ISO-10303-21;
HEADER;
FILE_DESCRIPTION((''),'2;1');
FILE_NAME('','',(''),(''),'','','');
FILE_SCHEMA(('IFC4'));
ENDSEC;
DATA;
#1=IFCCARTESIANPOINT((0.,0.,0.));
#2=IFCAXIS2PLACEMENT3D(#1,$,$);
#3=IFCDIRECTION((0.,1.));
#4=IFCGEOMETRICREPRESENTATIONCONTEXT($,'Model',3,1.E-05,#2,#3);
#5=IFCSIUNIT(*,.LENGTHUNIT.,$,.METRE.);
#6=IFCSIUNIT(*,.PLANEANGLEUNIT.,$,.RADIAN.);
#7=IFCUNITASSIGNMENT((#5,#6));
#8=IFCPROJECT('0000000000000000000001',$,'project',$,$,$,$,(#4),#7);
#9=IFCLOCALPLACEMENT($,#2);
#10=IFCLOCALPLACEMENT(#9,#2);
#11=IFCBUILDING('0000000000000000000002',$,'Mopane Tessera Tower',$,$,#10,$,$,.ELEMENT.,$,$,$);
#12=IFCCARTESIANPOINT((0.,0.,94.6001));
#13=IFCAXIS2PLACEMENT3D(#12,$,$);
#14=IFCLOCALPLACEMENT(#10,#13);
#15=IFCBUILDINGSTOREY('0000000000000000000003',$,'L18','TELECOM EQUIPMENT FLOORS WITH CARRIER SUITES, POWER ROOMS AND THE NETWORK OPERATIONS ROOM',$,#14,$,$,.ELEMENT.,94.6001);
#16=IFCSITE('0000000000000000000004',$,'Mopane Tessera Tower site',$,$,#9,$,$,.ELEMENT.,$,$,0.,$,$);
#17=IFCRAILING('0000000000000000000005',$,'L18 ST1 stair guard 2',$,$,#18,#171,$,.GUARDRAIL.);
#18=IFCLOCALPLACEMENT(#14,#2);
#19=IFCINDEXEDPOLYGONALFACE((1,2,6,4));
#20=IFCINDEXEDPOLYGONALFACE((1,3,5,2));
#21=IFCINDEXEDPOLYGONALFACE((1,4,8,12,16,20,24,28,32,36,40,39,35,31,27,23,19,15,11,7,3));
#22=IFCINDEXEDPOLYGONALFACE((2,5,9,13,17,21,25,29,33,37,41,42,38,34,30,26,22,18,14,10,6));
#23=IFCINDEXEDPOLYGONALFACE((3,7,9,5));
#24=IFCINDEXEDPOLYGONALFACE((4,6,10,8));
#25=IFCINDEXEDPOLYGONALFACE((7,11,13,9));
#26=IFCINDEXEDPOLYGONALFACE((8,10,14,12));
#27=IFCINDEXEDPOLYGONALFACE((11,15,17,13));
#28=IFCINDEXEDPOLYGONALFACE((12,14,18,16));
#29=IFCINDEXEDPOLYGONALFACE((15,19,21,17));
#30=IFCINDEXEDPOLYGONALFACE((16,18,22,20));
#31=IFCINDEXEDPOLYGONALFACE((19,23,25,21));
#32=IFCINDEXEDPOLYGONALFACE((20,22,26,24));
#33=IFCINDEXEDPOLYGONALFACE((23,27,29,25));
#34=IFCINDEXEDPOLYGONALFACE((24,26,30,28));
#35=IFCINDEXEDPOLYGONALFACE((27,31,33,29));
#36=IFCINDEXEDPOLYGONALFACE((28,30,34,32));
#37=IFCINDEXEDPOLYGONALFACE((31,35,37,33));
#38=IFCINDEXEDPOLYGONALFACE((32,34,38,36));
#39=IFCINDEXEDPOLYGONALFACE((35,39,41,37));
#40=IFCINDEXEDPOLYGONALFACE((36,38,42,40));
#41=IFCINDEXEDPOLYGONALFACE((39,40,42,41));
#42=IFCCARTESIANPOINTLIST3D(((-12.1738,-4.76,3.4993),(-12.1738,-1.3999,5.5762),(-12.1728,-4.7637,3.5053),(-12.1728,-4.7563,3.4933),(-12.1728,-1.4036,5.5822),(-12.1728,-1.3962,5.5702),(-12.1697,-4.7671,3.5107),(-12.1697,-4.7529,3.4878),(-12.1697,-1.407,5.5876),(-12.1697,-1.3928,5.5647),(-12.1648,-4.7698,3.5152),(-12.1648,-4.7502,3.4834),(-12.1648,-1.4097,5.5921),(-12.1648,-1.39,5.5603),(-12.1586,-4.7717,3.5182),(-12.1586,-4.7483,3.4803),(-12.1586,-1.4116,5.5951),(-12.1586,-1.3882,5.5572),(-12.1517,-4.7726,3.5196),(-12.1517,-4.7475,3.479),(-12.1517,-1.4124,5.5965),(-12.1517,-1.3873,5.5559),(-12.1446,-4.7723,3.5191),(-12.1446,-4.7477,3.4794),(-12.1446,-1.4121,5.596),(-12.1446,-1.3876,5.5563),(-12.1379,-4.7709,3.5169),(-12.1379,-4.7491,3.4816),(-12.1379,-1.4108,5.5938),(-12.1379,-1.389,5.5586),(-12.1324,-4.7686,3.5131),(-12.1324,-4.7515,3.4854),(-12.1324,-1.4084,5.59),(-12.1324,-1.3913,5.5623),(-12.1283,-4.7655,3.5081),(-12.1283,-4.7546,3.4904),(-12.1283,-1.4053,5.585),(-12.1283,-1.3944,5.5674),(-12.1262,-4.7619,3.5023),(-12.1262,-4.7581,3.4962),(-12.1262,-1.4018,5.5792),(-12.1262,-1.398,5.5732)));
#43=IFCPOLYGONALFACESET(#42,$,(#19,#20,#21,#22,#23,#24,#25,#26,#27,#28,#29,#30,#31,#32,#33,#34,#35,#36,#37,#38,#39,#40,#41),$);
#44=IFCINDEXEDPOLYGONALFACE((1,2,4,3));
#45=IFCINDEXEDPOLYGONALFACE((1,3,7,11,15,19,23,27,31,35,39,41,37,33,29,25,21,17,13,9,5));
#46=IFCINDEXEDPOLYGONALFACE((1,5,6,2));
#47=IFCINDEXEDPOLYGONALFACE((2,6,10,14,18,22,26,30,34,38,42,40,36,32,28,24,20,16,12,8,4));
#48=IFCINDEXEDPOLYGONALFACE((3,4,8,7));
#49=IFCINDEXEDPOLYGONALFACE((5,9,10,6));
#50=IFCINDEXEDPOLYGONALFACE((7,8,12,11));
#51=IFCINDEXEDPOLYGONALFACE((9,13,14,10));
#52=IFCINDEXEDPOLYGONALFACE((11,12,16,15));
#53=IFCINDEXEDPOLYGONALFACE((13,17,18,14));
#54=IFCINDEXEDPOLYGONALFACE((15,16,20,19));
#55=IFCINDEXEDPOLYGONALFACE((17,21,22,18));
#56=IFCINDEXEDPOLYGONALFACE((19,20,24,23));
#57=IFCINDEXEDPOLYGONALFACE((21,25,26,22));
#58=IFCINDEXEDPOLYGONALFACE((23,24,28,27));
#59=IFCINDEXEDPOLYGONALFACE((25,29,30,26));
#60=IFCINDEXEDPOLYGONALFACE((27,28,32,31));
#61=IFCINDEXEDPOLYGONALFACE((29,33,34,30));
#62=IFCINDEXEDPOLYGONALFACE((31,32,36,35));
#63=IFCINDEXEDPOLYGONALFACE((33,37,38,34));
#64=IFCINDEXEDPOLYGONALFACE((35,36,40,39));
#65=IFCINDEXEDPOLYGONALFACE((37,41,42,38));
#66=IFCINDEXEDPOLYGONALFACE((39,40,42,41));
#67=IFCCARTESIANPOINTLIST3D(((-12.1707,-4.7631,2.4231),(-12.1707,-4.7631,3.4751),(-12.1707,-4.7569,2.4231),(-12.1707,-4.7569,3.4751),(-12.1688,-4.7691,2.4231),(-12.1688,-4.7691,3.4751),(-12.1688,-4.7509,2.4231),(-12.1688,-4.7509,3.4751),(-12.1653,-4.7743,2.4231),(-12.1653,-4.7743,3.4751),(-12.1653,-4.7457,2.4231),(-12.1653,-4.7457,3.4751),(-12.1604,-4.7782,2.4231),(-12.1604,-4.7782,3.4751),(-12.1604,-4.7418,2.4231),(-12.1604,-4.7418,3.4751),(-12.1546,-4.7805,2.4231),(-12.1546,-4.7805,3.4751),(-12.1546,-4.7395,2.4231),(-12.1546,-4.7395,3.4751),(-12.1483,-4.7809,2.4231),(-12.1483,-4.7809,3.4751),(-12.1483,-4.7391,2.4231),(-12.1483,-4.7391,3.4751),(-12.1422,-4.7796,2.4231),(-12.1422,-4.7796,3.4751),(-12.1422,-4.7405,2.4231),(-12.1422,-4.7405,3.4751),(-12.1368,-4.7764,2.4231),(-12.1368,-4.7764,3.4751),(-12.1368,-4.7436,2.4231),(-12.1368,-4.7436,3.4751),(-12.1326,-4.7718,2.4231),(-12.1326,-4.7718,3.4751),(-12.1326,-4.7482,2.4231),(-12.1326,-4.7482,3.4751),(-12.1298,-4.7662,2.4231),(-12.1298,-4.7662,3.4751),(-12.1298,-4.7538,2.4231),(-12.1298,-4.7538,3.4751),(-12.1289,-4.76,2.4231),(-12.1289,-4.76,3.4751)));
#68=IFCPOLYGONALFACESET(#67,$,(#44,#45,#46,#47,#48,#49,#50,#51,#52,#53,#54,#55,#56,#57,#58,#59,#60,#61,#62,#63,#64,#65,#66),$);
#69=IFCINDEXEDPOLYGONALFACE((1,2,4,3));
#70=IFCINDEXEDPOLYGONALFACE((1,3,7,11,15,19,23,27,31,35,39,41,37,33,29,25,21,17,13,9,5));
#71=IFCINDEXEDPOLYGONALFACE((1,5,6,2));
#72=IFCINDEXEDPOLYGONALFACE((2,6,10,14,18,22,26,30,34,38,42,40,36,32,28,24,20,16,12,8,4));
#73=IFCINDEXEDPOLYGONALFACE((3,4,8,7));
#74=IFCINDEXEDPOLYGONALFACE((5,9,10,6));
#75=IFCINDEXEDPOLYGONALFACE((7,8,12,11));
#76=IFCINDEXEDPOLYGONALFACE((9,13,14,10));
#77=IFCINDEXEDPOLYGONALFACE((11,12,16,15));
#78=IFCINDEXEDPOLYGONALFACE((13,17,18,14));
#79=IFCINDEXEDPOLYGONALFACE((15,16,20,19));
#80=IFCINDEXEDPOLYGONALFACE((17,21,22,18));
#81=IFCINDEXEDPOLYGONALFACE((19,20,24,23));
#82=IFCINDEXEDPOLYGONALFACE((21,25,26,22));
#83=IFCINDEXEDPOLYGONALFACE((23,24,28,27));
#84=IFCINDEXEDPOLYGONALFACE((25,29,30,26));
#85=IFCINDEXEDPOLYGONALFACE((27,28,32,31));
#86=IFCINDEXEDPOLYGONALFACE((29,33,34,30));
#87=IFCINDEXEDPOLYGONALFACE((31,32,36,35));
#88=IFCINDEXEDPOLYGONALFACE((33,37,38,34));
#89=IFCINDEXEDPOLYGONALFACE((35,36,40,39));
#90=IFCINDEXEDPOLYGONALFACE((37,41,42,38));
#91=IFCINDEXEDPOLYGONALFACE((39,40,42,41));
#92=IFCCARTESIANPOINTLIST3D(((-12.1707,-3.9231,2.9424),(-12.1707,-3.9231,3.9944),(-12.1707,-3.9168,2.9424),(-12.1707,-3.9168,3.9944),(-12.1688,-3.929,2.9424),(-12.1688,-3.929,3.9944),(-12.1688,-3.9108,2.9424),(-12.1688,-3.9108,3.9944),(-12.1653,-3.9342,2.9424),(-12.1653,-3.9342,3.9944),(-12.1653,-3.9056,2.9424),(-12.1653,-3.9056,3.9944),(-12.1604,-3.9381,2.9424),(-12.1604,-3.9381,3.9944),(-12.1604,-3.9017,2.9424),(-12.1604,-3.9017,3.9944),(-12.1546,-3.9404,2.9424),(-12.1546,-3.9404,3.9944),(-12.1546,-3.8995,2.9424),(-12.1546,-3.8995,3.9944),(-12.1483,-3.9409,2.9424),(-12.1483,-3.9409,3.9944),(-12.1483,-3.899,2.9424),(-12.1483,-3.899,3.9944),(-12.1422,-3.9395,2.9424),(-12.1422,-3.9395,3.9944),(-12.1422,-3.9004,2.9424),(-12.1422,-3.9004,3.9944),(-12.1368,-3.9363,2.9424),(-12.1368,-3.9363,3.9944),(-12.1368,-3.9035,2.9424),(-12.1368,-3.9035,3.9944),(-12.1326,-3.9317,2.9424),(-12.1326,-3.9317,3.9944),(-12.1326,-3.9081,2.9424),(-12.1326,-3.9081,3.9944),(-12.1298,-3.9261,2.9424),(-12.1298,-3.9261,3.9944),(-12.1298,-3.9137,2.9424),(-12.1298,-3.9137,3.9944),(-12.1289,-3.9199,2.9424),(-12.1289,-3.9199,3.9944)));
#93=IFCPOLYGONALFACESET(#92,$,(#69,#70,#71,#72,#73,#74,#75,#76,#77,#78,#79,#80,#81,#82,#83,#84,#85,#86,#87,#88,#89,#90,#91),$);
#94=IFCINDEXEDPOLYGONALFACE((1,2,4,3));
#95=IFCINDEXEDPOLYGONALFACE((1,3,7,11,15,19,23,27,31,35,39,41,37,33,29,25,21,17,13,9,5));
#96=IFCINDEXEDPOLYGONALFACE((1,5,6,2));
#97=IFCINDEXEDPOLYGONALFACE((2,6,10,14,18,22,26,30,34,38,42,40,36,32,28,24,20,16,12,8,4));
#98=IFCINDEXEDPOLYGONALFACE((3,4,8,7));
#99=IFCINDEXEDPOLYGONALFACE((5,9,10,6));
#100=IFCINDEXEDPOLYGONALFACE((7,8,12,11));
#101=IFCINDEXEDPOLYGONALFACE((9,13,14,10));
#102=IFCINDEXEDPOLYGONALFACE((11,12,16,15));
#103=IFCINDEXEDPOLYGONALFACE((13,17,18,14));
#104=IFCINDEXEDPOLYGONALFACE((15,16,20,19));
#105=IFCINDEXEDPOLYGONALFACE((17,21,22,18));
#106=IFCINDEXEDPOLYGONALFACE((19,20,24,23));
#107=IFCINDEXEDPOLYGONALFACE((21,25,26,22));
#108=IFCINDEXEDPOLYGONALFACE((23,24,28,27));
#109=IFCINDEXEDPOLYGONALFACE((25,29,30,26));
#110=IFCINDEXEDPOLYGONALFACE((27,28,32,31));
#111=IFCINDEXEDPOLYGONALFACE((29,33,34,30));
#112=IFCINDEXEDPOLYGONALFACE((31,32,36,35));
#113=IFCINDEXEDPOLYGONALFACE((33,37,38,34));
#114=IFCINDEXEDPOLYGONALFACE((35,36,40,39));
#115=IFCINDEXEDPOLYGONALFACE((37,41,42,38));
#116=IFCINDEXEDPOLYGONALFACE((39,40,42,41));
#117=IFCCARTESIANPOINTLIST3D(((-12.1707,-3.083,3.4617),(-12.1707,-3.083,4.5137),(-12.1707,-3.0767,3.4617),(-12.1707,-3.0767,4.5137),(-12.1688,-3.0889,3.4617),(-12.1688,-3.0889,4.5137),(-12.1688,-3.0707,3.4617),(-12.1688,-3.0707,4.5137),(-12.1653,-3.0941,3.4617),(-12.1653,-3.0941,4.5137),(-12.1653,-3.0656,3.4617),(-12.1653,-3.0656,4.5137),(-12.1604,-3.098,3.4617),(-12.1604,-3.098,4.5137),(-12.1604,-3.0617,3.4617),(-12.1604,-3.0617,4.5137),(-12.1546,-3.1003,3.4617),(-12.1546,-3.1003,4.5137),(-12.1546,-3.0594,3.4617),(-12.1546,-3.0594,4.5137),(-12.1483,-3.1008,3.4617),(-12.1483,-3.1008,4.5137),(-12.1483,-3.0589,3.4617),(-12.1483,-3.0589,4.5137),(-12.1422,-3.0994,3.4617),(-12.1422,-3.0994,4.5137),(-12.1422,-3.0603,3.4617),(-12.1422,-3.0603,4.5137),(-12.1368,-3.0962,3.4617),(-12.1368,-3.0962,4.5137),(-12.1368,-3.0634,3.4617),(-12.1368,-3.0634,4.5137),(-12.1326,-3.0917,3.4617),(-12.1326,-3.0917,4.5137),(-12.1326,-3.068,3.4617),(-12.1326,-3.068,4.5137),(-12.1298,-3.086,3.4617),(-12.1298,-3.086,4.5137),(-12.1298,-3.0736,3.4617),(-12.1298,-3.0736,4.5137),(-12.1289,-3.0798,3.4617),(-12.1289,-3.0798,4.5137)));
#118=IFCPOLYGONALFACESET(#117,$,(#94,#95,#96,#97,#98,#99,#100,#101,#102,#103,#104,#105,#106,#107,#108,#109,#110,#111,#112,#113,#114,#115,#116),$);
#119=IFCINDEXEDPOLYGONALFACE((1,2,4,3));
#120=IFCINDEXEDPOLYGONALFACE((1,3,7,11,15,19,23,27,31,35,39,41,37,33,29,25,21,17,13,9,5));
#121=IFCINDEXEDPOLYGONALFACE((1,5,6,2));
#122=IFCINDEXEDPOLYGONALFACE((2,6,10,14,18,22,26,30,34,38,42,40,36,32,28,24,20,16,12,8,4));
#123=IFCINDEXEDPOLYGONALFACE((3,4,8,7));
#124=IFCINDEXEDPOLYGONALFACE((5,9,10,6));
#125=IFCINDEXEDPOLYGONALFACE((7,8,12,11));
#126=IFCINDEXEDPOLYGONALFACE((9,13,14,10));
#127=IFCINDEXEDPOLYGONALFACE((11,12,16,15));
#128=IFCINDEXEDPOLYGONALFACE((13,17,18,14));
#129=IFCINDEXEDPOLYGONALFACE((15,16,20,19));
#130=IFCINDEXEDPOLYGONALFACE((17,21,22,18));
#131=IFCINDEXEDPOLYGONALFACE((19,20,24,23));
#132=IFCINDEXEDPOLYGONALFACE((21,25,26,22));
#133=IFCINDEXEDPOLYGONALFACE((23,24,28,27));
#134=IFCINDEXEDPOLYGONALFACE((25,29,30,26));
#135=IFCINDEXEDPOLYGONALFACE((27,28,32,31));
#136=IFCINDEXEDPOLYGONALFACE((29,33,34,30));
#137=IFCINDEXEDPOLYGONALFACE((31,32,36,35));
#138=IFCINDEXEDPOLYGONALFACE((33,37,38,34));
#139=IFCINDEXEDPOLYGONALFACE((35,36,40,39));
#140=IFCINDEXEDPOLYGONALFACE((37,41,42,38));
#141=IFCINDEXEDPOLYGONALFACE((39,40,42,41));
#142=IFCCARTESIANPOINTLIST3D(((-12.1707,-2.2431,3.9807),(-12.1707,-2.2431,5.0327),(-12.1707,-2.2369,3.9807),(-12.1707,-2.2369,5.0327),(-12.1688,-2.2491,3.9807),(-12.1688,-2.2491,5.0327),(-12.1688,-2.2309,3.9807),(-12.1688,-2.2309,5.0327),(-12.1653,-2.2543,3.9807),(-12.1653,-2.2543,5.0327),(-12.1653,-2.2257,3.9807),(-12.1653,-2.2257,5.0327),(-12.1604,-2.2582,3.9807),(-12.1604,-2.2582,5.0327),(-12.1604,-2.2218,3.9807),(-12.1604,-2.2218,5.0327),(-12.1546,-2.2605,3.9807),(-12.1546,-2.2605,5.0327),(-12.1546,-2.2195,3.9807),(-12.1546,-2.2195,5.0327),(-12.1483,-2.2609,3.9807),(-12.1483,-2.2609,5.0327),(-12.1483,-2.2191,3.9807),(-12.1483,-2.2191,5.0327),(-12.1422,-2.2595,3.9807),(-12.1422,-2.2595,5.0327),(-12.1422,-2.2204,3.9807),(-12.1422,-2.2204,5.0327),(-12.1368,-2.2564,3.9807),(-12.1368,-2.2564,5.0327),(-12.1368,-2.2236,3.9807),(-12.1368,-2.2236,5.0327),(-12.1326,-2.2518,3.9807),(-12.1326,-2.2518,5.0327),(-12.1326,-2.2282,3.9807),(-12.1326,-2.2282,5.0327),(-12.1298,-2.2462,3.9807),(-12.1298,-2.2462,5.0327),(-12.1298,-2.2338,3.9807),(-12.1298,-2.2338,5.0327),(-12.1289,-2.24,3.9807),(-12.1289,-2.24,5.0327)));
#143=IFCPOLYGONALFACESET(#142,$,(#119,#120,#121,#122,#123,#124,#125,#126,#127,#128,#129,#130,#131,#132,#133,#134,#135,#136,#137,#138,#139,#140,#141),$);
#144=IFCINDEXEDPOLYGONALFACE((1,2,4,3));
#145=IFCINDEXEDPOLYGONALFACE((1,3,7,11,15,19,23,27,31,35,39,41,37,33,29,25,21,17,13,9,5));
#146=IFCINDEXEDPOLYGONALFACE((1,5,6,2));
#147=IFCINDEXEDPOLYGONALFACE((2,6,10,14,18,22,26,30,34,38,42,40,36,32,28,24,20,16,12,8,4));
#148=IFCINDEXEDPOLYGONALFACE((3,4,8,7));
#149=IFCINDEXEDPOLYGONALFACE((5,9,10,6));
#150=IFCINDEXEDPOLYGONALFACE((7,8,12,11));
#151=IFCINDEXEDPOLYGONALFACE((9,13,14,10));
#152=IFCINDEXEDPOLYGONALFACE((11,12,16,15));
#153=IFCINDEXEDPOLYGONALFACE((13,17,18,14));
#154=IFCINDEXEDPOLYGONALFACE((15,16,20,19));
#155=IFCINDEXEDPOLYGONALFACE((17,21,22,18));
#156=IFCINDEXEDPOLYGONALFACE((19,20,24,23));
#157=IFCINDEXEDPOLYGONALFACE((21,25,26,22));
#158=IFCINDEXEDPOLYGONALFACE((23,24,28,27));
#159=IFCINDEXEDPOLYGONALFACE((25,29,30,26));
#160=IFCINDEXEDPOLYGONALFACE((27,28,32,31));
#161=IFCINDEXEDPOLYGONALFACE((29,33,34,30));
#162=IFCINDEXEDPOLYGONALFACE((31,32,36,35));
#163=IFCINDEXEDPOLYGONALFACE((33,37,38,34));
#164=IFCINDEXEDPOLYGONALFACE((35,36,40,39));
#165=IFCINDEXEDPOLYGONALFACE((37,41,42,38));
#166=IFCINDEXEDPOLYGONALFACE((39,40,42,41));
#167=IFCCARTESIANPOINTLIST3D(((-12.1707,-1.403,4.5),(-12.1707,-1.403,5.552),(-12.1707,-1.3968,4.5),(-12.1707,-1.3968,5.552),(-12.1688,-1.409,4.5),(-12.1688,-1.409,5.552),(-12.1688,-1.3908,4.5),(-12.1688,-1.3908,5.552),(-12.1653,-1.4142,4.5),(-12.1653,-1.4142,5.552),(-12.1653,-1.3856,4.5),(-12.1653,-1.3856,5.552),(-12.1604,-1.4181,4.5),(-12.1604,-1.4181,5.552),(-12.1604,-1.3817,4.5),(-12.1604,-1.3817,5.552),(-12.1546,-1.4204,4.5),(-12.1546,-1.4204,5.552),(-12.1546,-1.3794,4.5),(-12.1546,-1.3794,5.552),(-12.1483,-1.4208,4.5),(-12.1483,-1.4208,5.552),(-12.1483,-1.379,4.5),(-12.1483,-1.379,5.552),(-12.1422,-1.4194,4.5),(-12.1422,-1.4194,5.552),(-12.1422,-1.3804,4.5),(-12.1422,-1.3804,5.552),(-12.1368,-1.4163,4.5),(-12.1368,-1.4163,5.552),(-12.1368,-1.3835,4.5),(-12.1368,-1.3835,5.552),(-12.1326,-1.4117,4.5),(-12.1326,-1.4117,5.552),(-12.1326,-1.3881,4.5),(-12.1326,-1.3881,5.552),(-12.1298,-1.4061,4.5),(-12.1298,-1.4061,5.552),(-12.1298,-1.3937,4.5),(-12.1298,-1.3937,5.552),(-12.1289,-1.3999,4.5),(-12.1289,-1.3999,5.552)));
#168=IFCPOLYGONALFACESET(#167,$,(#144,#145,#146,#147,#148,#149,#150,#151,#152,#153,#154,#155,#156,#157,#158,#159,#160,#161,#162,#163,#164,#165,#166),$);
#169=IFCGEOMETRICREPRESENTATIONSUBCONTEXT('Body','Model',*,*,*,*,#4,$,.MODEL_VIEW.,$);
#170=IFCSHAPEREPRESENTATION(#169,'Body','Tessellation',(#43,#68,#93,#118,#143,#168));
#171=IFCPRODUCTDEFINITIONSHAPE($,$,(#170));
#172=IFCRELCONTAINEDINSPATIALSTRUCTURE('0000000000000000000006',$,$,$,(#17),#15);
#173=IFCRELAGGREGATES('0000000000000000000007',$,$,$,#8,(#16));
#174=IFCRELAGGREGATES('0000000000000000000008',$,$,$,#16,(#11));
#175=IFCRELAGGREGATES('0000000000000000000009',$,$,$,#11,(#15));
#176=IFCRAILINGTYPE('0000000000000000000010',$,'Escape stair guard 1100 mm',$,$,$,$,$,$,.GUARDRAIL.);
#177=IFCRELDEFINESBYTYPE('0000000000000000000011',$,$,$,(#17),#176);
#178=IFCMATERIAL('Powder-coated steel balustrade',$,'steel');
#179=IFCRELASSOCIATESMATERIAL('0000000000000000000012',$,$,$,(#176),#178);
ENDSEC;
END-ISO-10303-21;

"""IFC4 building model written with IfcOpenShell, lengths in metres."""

from ifc_helpers import new_model, si_unit, direction, frame, origin, origin_2d, place, context, subcontext, project, spatial, circle, extrude, material, type_object, element, save


model = new_model("IFC4")

# Units and contexts
model_context = context("Model", 3, precision=1e-05, world=origin(), true_north=direction((0.0, 1.0)))
body_context = subcontext(model_context, "Body", "Model", "MODEL_VIEW")
ifc_project = project(units=[si_unit("LENGTHUNIT", "METRE"), si_unit("PLANEANGLEUNIT", "RADIAN")], contexts=[model_context])

# Site, building, storey
site_placement = place(None, origin())
site = spatial("IfcSite", under=ifc_project, at=site_placement, Name="Mopane Tessera Tower site", CompositionType="ELEMENT", RefElevation=0.0)
building_placement = place(site_placement, origin())
building = spatial("IfcBuilding", under=site, at=building_placement, Name="Mopane Tessera Tower", CompositionType="ELEMENT")
storey_placement = place(building_placement, frame((0.0, 0.0, 94.6001)))
storey = spatial("IfcBuildingStorey", under=building, at=storey_placement, Name="L18", Description="TELECOM EQUIPMENT FLOORS WITH CARRIER SUITES, POWER ROOMS AND THE NETWORK OPERATIONS ROOM", CompositionType="ELEMENT", Elevation=94.6001)

# Railing
ifc_material_1 = material(Name="Powder-coated steel balustrade", Category="steel")
railing_type_1 = type_object("IfcRailingType", Name="Escape stair guard 1100 mm", PredefinedType="GUARDRAIL", material=ifc_material_1)
railing_1_placement = place(storey_placement, frame((-12.1499, -4.76, 2.4231)))
element("IfcRailing", 1, at=railing_1_placement, inside=storey, type_object=railing_type_1, Name="L18 ST1 stair guard 2", PredefinedType="GUARDRAIL", context=body_context, shape_type="SweptSolid", body=[
    extrude(circle(Radius=0.0239, at=origin_2d()), frame((0.0, 0.0, 1.0762), z_axis=(0.0, 0.850623, 0.525776), x_axis=(-1.0, 0.0, 0.0)), (0.0, 0.0, 1.0), 3.9502),
    extrude(circle(Radius=0.021, at=origin_2d()), origin(), (0.0, 0.0, 1.0), 1.052),
    extrude(circle(Radius=0.021, at=origin_2d()), frame((0.0, 0.8401, 0.5193)), (0.0, 0.0, 1.0), 1.052),
    extrude(circle(Radius=0.021, at=origin_2d()), frame((0.0, 1.6802, 1.0386)), (0.0, 0.0, 1.0), 1.052),
    extrude(circle(Radius=0.021, at=origin_2d()), frame((0.0, 2.52, 1.5576)), (0.0, 0.0, 1.0), 1.052),
    extrude(circle(Radius=0.021, at=origin_2d()), frame((0.0, 3.3601, 2.0769)), (0.0, 0.0, 1.0), 1.052),
])

save(model, "model.ifc")
